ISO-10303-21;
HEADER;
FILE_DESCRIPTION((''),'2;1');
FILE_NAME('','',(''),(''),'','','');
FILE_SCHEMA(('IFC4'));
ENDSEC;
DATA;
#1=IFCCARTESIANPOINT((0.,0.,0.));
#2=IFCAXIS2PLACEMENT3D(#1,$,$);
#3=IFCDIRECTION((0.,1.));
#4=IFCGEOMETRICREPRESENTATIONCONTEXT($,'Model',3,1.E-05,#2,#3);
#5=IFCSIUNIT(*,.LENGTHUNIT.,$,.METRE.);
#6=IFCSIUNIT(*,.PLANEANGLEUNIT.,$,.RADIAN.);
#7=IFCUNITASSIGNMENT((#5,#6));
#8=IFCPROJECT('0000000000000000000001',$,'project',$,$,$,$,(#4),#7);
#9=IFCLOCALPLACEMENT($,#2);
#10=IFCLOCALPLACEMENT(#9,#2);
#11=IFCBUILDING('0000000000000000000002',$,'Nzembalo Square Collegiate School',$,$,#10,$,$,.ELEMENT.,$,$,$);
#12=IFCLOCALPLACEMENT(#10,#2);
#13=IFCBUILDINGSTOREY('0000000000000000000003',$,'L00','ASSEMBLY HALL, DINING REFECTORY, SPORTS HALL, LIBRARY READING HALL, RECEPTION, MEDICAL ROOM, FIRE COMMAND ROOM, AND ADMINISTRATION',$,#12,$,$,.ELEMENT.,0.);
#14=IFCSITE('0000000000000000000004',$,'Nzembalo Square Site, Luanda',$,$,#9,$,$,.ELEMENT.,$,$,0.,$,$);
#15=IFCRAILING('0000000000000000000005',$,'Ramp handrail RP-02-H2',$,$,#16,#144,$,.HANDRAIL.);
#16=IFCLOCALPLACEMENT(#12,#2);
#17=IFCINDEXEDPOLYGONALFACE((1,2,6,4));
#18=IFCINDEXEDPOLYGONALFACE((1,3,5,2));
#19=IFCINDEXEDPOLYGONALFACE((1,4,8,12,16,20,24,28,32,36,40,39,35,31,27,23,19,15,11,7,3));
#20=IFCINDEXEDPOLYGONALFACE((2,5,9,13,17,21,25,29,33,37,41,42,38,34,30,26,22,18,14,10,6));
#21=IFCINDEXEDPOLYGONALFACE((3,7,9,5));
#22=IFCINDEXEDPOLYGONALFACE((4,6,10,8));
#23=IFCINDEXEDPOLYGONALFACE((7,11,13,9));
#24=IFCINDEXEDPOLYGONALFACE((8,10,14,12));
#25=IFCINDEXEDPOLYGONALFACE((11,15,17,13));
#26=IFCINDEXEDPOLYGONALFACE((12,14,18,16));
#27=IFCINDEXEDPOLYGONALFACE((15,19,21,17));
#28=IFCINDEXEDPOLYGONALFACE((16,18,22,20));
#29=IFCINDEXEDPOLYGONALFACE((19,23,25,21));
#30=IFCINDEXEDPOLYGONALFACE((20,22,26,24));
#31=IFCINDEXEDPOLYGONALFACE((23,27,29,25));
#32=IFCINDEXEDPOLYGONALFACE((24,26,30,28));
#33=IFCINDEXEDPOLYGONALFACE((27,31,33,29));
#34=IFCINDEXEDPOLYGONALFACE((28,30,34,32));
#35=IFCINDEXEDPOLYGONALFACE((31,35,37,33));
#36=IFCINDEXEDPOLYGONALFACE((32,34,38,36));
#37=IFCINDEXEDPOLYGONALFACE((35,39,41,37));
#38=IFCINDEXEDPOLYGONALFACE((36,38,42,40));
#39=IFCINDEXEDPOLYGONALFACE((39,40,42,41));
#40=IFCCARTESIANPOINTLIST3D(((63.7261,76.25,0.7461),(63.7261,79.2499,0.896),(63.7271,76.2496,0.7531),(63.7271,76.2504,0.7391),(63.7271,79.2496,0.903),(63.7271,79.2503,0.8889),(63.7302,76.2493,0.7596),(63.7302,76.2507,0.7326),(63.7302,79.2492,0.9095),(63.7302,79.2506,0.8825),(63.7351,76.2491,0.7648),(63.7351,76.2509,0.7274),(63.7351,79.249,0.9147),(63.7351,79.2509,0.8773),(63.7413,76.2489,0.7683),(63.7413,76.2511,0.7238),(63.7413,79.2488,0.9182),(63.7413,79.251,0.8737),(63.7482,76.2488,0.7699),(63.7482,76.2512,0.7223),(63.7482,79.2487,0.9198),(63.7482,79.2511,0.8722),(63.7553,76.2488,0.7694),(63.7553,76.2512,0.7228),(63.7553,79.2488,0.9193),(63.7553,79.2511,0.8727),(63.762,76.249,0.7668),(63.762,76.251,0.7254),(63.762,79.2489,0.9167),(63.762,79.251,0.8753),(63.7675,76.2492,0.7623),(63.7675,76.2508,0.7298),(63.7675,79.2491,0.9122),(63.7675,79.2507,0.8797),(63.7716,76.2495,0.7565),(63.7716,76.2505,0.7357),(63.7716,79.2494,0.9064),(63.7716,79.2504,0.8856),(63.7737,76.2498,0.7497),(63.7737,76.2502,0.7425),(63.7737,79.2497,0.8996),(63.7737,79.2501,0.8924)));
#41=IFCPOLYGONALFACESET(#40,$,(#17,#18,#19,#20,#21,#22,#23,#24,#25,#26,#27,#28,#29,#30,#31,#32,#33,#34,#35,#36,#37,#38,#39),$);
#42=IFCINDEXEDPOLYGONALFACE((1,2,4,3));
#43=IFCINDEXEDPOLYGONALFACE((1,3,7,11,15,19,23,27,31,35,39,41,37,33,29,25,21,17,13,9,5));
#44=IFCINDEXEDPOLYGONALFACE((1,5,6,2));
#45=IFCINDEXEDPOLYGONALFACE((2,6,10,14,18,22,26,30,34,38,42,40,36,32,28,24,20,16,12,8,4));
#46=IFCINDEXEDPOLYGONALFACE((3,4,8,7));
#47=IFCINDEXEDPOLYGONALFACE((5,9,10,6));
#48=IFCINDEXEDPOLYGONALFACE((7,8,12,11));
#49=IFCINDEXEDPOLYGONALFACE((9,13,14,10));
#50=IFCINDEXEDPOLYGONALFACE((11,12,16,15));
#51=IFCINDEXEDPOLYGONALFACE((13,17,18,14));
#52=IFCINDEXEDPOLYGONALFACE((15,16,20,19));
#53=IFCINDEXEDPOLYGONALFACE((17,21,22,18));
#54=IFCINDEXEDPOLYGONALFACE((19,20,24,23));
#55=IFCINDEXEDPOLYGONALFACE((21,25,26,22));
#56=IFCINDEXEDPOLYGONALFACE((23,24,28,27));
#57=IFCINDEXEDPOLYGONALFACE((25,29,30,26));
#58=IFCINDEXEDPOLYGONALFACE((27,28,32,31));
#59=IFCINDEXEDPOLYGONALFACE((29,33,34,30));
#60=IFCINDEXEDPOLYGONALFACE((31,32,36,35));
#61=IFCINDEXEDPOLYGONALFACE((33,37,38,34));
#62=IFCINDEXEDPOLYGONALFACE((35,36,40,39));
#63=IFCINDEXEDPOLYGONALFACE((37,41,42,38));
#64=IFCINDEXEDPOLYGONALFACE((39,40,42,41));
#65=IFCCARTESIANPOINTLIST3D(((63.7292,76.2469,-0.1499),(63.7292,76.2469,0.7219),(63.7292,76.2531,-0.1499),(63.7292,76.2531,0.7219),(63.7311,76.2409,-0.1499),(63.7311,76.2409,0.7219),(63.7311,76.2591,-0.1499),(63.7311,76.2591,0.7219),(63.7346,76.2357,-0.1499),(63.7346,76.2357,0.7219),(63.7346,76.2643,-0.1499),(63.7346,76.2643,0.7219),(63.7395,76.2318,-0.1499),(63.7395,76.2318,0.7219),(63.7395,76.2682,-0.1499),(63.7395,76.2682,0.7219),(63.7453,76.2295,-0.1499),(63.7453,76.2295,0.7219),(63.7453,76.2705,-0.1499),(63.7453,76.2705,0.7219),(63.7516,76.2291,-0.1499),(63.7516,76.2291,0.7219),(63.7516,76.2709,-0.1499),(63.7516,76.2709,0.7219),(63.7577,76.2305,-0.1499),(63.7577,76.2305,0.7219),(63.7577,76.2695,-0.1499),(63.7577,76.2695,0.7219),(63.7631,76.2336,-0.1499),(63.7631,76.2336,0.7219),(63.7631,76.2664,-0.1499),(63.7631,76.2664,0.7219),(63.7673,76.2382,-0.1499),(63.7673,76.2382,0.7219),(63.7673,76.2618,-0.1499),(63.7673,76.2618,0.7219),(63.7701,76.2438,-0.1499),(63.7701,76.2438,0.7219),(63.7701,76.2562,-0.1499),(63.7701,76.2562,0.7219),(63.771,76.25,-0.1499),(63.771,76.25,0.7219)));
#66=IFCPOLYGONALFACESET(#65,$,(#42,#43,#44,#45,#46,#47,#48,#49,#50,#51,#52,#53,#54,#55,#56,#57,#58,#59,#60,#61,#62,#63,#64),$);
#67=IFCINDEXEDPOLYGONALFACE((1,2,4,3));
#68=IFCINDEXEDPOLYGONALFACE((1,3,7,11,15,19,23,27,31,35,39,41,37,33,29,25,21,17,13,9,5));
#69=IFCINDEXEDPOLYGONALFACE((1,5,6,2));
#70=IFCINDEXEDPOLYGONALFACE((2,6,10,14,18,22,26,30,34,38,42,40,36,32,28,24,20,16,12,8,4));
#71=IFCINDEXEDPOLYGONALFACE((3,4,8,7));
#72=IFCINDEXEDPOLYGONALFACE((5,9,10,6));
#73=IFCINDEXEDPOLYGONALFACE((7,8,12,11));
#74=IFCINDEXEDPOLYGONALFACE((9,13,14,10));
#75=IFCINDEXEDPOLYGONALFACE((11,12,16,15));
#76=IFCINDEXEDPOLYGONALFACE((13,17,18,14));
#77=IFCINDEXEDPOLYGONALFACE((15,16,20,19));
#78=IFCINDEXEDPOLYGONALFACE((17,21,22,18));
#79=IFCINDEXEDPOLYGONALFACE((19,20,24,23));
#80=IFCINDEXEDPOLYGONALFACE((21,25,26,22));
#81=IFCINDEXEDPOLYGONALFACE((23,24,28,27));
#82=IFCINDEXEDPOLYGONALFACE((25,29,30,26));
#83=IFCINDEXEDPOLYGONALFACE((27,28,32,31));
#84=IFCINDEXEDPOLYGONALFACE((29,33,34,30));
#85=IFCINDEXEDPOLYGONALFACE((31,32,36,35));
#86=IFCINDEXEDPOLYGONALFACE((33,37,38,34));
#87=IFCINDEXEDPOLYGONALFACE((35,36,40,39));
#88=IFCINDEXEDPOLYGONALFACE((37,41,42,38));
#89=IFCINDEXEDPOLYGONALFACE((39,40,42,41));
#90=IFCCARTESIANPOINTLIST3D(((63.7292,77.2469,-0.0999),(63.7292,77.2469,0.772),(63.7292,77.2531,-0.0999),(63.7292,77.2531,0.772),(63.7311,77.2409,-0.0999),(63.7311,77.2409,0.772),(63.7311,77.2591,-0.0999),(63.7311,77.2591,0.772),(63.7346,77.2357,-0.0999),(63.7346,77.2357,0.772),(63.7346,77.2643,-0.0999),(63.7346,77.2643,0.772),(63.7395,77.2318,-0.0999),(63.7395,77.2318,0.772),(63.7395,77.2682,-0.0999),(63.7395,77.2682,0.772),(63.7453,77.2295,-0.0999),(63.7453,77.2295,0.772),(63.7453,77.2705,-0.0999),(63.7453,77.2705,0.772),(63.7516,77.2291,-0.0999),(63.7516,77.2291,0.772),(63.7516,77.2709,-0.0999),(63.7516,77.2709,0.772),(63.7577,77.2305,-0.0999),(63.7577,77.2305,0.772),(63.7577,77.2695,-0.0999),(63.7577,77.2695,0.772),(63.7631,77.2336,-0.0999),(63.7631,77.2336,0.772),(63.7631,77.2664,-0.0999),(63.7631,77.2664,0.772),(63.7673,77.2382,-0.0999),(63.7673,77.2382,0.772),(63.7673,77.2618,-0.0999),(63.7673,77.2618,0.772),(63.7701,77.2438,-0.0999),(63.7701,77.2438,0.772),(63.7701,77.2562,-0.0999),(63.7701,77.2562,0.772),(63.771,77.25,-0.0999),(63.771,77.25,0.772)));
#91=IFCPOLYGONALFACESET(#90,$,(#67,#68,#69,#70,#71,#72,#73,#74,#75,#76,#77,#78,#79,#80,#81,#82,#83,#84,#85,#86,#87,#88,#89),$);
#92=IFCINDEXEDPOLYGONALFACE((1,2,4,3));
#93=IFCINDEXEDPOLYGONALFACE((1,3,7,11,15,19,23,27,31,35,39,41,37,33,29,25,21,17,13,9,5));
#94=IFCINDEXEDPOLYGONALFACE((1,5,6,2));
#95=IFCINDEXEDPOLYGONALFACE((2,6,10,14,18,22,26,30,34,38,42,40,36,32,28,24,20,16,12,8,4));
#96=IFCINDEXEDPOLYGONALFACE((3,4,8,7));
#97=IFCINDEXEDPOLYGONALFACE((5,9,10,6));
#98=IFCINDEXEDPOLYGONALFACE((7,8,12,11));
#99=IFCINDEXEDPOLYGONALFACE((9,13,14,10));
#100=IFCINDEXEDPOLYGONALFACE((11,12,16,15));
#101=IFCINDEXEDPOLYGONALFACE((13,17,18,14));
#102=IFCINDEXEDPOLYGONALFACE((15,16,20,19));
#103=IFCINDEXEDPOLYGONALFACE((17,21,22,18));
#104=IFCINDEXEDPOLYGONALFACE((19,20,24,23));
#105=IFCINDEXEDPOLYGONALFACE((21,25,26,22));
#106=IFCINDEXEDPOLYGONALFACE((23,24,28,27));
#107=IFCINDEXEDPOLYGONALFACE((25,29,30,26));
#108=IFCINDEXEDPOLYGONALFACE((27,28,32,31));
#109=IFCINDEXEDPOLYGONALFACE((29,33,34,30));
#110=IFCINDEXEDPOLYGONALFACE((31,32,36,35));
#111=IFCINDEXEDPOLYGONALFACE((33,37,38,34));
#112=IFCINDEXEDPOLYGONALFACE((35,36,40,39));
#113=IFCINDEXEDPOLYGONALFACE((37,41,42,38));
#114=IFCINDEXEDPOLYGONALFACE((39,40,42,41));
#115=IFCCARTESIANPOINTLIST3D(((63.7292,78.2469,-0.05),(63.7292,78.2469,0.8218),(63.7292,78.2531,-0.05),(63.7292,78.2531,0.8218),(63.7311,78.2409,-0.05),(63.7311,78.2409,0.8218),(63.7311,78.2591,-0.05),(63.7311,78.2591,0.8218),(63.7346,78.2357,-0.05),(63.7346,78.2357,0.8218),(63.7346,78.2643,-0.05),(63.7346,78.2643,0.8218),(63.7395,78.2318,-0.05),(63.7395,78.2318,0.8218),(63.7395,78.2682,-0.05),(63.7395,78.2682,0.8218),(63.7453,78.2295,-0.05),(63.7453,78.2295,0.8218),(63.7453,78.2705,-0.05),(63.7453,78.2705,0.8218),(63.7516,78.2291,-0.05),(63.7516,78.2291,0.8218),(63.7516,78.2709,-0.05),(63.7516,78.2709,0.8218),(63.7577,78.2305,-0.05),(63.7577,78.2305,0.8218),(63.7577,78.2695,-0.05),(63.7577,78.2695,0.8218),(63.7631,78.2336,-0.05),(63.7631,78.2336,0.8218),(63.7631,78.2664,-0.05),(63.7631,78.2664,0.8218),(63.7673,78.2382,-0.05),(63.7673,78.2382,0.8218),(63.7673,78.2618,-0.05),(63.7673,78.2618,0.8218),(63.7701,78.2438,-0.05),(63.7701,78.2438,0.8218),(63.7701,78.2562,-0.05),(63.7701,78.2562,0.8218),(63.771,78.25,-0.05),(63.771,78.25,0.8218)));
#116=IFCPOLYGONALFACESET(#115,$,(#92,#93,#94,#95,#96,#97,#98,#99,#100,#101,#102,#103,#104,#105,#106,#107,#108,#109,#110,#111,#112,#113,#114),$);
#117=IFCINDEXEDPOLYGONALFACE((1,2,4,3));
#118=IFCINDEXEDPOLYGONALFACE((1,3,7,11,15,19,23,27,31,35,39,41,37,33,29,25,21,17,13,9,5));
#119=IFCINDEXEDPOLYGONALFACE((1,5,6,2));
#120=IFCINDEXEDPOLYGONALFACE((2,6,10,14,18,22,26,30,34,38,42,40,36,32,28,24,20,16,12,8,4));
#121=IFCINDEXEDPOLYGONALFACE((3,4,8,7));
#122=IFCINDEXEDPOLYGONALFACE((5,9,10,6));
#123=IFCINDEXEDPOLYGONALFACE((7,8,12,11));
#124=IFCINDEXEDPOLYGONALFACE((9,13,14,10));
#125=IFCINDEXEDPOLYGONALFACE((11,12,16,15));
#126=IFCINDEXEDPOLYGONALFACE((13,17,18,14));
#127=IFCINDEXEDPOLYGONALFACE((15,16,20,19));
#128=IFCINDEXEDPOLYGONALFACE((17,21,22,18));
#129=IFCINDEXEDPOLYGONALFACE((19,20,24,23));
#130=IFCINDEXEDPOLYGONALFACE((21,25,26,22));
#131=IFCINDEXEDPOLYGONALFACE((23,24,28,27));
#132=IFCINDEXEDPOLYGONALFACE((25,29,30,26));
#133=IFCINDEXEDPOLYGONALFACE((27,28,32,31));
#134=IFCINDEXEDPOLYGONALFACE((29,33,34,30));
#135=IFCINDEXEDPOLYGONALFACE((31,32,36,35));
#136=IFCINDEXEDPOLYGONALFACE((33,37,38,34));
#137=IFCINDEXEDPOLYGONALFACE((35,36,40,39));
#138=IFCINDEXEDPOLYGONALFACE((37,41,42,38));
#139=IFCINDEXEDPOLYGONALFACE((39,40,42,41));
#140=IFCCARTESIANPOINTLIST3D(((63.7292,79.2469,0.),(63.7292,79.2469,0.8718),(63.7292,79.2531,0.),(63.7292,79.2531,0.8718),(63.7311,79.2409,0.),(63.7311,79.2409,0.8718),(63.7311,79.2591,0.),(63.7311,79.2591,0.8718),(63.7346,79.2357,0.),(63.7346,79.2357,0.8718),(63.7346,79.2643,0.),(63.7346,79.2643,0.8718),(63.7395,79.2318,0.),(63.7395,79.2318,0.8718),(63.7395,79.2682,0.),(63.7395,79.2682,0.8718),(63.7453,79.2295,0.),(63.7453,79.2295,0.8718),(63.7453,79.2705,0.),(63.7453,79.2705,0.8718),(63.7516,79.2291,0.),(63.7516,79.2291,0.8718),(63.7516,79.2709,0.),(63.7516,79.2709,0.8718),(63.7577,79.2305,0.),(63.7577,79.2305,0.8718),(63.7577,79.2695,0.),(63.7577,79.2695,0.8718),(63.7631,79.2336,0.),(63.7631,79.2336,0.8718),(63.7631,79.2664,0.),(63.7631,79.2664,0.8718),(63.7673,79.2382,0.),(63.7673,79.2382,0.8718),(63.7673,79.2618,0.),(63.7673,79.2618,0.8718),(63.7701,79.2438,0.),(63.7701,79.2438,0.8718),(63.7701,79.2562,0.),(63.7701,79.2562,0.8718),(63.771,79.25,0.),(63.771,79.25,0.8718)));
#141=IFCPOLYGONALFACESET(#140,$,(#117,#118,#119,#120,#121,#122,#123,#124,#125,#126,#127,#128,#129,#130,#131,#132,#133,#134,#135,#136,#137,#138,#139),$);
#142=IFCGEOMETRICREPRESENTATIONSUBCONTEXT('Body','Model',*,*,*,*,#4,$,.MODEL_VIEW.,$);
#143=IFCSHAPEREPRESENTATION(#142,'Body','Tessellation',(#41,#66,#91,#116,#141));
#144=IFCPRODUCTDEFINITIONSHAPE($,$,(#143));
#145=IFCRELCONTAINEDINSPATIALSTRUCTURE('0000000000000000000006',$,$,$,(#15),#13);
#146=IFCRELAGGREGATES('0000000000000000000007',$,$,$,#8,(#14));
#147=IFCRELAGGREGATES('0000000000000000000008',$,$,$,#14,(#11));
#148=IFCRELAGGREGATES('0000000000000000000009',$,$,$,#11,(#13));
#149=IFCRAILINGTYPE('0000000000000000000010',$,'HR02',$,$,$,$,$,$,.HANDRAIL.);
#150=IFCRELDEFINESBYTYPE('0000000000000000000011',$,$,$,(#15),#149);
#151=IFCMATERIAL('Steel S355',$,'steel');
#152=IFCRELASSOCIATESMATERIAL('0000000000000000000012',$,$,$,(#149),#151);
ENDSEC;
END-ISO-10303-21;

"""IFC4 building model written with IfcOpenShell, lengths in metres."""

from ifc_helpers import new_model, si_unit, direction, frame, origin, origin_2d, place, context, subcontext, project, spatial, circle, extrude, material, type_object, element, save


model = new_model("IFC4")

# Units and contexts
model_context = context("Model", 3, precision=1e-05, world=origin(), true_north=direction((0.0, 1.0)))
body_context = subcontext(model_context, "Body", "Model", "MODEL_VIEW")
ifc_project = project(units=[si_unit("LENGTHUNIT", "METRE"), si_unit("PLANEANGLEUNIT", "RADIAN")], contexts=[model_context])

# Site, building, storey
site_placement = place(None, origin())
site = spatial("IfcSite", under=ifc_project, at=site_placement, Name="Nzembalo Square Site, Luanda", CompositionType="ELEMENT", RefElevation=0.0)
building_placement = place(site_placement, origin())
building = spatial("IfcBuilding", under=site, at=building_placement, Name="Nzembalo Square Collegiate School", CompositionType="ELEMENT")
storey_placement = place(building_placement, origin())
storey = spatial("IfcBuildingStorey", under=building, at=storey_placement, Name="L00", Description="ASSEMBLY HALL, DINING REFECTORY, SPORTS HALL, LIBRARY READING HALL, RECEPTION, MEDICAL ROOM, FIRE COMMAND ROOM, AND ADMINISTRATION", CompositionType="ELEMENT", Elevation=0.0)

# Railing
ifc_material_1 = material(Name="Steel S355", Category="steel")
railing_type = type_object("IfcRailingType", Name="HR02", PredefinedType="HANDRAIL", material=ifc_material_1)
for number, where, name in (
    (1, (63.75, 76.25, -0.1499), "Ramp handrail RP-02-H2"),
):
    element("IfcRailing", number, at=place(storey_placement, frame(where)), inside=storey, type_object=railing_type, Name=name, PredefinedType="HANDRAIL", context=body_context, shape_type="SweptSolid", body=[
        extrude(circle(Radius=0.0239, at=origin_2d()), frame((0.0, 0.0, 0.896), z_axis=(0.0, 0.998754, 0.049905), x_axis=(-1.0, 0.0, 0.0)), (0.0, 0.0, 1.0), 3.0037),
        extrude(circle(Radius=0.021, at=origin_2d()), origin(), (0.0, 0.0, 1.0), 0.8718),
        extrude(circle(Radius=0.021, at=origin_2d()), frame((0.0, 1.0, 0.05)), (0.0, 0.0, 1.0), 0.8718),
        extrude(circle(Radius=0.021, at=origin_2d()), frame((0.0, 2.0, 0.0999)), (0.0, 0.0, 1.0), 0.8718),
        extrude(circle(Radius=0.021, at=origin_2d()), frame((0.0, 3.0, 0.1499)), (0.0, 0.0, 1.0), 0.8718),
    ])

save(model, "model.ifc")
